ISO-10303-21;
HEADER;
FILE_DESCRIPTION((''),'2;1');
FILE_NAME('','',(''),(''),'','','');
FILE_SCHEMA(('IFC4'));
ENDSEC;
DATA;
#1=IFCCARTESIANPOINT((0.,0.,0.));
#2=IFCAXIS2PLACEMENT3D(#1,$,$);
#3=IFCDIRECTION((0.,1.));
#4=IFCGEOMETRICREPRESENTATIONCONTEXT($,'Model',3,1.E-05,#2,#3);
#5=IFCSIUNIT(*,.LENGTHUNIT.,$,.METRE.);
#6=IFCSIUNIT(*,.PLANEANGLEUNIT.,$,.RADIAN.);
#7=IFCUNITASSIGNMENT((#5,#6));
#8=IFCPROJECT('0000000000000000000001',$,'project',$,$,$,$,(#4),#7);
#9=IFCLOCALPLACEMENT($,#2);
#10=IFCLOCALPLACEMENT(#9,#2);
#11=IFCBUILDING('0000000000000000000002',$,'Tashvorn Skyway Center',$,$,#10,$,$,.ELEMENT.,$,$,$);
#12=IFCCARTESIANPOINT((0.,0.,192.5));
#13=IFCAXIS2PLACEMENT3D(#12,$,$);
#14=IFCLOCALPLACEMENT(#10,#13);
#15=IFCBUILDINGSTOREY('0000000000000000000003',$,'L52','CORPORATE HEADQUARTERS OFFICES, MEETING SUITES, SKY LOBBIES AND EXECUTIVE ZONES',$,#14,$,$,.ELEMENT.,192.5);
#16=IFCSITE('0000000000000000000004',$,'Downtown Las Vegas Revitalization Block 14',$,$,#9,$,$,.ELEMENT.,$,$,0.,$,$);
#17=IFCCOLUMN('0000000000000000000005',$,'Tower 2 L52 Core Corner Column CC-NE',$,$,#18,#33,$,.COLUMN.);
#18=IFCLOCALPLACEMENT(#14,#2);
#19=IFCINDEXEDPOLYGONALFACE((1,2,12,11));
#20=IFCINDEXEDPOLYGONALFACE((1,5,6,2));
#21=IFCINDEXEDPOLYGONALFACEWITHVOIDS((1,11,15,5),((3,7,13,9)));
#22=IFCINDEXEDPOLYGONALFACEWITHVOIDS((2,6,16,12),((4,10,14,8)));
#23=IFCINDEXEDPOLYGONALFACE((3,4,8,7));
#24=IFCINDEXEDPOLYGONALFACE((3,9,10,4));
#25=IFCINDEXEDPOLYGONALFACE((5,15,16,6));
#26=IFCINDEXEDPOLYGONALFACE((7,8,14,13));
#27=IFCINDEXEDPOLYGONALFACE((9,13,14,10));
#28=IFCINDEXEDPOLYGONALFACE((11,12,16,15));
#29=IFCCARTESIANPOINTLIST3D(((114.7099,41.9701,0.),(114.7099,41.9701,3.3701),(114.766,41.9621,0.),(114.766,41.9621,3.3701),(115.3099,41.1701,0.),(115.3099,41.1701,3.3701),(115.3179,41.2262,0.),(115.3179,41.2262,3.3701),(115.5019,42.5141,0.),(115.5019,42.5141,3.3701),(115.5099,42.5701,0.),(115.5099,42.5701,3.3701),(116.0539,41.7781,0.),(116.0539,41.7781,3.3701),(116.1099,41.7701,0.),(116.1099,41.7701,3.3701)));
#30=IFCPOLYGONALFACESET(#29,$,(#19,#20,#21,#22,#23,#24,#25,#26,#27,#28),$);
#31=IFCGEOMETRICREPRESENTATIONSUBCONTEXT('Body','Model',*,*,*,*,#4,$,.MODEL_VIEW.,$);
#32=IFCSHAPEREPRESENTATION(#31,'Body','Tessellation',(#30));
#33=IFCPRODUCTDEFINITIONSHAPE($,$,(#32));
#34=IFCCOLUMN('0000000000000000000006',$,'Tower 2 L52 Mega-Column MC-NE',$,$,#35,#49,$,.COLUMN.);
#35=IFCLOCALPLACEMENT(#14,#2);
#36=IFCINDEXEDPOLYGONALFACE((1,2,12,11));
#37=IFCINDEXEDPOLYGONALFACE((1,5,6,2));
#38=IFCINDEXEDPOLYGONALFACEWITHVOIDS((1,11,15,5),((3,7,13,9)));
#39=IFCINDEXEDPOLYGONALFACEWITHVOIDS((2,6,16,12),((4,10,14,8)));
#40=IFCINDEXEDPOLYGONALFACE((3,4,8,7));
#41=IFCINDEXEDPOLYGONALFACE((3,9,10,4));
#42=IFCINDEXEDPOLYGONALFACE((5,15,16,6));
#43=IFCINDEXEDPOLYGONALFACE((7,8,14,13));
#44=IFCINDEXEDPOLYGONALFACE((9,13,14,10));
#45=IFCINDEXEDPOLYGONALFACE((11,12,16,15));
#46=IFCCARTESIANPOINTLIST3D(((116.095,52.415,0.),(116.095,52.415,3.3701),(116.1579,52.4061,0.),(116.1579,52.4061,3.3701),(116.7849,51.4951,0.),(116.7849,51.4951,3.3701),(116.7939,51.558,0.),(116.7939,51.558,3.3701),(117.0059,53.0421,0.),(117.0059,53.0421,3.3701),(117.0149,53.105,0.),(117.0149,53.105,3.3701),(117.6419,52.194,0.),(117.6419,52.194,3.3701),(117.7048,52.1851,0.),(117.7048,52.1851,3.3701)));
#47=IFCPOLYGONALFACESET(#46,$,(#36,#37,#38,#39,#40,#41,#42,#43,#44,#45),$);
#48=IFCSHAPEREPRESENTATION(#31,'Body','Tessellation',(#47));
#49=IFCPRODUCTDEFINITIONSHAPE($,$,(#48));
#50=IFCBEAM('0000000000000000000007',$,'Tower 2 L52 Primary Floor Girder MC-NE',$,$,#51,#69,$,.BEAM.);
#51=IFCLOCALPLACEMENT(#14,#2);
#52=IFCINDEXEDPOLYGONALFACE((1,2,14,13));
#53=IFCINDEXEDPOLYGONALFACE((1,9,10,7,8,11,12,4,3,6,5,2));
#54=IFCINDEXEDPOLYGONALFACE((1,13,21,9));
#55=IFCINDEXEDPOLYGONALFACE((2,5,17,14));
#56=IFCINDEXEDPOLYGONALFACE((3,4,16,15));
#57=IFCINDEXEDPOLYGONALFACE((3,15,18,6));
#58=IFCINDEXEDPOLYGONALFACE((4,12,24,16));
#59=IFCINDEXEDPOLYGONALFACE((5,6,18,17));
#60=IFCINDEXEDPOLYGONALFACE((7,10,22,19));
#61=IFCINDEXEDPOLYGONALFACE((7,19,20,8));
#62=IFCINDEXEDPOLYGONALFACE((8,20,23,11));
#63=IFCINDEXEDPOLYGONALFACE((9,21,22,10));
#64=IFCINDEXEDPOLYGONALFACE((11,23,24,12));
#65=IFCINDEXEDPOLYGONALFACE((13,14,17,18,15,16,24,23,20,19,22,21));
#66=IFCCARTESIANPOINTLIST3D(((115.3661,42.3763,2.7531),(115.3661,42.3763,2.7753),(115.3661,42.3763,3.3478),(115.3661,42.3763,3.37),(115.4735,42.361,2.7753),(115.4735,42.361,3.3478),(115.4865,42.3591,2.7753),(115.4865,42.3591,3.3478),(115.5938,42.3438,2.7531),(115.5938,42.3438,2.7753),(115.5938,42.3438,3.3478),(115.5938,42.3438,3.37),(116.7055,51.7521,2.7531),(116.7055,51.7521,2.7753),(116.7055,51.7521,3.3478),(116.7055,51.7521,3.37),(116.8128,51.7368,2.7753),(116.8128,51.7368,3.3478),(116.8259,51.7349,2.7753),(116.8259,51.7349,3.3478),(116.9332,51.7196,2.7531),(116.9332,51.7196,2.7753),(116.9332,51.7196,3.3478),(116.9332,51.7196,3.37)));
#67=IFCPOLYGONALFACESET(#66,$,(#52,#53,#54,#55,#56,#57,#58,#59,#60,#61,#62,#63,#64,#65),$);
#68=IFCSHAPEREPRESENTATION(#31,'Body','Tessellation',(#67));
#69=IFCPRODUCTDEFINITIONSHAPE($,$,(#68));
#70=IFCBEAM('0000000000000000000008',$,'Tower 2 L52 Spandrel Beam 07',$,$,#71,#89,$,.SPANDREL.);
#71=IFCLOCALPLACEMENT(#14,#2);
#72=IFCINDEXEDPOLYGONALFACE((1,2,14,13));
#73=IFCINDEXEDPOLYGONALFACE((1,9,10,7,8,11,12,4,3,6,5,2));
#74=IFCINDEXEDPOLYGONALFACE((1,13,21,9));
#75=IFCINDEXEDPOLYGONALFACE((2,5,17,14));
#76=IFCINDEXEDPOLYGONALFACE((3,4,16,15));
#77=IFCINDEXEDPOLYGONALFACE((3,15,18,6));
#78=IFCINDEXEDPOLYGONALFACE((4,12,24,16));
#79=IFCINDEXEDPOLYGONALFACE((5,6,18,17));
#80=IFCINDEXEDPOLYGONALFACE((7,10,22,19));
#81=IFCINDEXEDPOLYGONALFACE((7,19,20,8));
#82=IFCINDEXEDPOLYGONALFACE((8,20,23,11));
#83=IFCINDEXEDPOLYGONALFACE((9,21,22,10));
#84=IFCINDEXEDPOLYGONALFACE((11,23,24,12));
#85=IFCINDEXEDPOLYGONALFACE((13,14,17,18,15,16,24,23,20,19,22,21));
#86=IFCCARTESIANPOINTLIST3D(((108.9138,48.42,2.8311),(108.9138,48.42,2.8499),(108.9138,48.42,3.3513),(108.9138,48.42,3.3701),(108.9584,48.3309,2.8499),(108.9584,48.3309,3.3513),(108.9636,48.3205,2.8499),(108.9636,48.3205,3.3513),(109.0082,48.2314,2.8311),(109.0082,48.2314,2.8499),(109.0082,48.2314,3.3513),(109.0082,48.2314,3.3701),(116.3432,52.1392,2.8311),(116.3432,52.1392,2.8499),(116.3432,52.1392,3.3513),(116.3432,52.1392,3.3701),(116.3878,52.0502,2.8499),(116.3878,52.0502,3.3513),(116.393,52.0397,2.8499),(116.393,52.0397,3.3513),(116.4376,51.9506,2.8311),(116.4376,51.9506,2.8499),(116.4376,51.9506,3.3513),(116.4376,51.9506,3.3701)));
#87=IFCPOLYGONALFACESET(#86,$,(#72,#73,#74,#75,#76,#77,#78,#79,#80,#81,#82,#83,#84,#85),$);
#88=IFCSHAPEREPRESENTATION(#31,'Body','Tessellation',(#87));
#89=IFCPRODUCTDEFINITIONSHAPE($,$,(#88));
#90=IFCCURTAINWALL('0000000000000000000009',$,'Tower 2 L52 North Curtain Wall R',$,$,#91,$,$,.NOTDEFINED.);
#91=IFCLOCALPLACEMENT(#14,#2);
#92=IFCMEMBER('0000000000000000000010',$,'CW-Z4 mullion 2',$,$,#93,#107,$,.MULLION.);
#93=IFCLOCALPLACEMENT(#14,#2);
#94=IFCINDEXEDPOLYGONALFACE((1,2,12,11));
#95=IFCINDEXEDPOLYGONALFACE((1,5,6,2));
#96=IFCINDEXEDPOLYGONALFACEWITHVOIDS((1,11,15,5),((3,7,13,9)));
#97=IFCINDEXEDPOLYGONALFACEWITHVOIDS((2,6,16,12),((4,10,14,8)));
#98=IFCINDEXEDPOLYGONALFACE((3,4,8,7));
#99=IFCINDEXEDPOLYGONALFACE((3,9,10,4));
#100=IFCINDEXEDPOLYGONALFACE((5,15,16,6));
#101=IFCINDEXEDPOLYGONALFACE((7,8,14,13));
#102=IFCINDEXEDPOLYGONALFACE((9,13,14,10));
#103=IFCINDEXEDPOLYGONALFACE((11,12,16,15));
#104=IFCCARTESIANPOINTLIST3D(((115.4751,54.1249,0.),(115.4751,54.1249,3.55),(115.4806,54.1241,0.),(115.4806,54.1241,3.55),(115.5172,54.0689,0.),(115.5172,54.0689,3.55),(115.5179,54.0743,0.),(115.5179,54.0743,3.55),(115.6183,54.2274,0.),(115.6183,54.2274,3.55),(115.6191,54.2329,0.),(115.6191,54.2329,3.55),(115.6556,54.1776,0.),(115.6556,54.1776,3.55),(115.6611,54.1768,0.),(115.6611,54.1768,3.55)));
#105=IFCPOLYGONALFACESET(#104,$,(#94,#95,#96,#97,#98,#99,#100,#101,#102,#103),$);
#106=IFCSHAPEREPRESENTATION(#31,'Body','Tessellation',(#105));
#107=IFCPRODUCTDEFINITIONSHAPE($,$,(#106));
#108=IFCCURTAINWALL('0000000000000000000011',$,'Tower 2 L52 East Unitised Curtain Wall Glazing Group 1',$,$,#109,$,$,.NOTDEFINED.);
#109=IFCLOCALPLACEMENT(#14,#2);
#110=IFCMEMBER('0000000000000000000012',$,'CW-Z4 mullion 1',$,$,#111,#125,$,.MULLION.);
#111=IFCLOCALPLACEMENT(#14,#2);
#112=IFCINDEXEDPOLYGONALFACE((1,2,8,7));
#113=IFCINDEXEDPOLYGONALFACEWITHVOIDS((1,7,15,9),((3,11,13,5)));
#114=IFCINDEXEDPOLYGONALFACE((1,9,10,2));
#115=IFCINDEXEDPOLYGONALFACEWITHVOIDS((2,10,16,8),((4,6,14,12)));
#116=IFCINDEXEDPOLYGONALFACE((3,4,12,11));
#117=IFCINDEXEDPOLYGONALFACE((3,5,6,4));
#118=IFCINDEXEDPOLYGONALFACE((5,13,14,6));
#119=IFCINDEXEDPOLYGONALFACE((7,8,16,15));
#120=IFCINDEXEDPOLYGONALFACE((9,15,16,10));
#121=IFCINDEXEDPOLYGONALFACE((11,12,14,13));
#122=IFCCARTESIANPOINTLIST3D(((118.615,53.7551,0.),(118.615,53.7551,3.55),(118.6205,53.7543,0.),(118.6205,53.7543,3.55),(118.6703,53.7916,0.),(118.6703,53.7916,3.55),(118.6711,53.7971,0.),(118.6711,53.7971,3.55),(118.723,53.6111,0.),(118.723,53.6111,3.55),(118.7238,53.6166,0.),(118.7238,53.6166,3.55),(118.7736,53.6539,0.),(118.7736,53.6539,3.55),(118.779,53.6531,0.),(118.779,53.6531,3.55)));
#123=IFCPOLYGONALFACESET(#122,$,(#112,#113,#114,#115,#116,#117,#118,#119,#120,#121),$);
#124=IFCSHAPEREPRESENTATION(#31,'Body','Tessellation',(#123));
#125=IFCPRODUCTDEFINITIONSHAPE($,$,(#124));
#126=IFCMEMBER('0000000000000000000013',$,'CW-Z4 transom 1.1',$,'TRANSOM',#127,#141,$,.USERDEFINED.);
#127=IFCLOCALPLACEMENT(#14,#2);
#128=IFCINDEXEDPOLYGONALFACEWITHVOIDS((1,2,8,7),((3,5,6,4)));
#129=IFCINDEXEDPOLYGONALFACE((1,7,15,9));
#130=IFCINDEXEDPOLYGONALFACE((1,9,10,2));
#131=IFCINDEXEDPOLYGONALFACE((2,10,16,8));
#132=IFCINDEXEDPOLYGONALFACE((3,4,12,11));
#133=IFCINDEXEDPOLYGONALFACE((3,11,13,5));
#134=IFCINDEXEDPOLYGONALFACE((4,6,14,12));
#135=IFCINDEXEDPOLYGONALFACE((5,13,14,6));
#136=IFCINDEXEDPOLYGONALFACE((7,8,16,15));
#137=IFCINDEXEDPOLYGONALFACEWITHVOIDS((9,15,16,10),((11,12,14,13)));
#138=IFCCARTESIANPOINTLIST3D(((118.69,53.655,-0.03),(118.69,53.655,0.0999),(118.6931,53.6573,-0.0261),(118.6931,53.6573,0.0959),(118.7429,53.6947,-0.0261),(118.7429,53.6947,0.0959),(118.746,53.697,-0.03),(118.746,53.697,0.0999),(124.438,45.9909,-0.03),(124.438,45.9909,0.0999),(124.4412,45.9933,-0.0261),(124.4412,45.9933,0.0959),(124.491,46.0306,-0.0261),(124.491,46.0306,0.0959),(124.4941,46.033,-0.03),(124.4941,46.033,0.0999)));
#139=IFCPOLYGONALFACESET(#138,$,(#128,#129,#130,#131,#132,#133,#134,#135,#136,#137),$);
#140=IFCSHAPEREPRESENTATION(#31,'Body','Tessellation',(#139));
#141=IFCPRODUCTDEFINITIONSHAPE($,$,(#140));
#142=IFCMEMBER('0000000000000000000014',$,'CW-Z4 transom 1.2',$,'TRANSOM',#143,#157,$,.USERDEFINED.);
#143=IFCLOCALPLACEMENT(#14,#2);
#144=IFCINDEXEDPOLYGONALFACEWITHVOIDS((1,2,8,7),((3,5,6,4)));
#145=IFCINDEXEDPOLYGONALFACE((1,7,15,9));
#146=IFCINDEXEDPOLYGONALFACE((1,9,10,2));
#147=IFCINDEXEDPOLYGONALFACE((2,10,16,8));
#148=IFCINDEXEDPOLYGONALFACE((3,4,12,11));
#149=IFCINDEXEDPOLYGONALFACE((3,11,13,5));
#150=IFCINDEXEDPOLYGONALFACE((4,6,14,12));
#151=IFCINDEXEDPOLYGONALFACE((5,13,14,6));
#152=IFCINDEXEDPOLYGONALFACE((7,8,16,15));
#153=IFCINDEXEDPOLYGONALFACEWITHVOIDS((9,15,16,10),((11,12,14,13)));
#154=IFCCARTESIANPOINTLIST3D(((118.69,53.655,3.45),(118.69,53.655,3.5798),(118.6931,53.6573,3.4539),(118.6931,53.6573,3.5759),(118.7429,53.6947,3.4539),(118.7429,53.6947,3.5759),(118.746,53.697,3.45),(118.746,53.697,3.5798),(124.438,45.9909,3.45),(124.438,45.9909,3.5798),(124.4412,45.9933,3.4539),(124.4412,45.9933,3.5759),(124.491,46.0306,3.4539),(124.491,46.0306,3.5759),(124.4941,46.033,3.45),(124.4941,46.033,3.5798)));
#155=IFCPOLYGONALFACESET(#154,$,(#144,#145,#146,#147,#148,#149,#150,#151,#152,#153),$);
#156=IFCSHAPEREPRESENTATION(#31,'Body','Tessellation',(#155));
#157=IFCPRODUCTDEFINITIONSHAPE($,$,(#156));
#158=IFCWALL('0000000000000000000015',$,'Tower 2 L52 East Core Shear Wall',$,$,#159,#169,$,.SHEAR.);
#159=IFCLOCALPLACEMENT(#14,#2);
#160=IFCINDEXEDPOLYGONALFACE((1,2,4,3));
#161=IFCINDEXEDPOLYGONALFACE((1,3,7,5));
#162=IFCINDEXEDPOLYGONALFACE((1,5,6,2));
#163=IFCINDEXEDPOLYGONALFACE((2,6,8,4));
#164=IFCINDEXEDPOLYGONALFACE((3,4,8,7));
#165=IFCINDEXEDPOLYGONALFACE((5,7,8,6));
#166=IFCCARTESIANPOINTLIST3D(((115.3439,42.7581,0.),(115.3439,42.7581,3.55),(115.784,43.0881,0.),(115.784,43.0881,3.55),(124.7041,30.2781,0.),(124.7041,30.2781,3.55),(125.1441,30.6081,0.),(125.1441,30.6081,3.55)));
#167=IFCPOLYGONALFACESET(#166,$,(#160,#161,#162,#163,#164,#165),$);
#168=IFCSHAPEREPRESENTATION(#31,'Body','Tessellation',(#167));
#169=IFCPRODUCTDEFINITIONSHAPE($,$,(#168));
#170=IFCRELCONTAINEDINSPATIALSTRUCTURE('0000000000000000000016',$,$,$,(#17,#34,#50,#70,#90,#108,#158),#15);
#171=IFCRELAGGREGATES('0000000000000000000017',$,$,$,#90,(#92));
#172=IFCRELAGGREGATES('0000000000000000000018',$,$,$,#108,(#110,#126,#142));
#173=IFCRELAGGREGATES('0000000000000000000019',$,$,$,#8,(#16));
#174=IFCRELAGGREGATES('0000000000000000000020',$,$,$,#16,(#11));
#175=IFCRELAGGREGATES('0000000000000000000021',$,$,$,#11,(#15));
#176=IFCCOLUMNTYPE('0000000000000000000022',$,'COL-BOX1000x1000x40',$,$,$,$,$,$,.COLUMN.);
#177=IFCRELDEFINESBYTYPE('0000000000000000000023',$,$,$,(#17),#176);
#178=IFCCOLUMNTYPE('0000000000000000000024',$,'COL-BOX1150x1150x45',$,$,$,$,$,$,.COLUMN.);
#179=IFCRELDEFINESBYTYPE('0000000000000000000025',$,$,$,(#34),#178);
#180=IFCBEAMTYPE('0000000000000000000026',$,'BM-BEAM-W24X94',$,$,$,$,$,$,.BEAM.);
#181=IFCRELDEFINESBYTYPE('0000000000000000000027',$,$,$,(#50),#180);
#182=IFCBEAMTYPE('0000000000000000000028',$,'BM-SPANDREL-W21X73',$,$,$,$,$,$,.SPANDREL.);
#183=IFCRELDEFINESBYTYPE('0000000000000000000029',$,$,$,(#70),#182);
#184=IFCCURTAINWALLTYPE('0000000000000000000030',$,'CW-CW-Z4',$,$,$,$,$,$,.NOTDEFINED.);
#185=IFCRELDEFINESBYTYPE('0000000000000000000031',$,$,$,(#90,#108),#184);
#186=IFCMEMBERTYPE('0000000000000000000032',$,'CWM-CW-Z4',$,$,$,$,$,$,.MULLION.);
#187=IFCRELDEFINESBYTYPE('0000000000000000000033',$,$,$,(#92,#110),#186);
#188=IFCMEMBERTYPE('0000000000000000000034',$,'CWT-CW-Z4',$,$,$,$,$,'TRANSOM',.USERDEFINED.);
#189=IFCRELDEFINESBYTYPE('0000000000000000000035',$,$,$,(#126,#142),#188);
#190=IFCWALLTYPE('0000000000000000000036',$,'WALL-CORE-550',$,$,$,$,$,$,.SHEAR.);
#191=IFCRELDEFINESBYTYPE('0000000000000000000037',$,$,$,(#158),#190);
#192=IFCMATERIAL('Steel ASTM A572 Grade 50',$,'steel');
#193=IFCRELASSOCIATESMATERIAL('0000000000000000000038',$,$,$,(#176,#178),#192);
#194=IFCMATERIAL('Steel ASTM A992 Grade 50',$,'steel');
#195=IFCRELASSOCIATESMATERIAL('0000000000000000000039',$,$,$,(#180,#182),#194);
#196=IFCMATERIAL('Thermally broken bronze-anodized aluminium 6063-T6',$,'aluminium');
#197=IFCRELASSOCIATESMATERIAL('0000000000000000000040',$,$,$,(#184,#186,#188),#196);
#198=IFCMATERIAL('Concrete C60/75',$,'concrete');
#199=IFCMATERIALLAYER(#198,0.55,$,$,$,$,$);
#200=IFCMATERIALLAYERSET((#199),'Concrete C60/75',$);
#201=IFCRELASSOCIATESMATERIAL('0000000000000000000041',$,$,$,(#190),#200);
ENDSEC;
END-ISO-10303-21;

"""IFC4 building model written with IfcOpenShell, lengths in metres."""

from ifc_helpers import new_model, si_unit, direction, frame, frame_2d, origin, origin_2d, place, context, subcontext, project, spatial, rectangle, hollow_rectangle, i_section, extrude, material, layer, layer_set, material_profile, profile_set, type_object, element, aggregate, save


model = new_model("IFC4")

# Units and contexts
model_context = context("Model", 3, precision=1e-05, world=origin(), true_north=direction((0.0, 1.0)))
body_context = subcontext(model_context, "Body", "Model", "MODEL_VIEW")
ifc_project = project(units=[si_unit("LENGTHUNIT", "METRE"), si_unit("PLANEANGLEUNIT", "RADIAN")], contexts=[model_context])

# Site, building, storey
site_placement = place(None, origin())
site = spatial("IfcSite", under=ifc_project, at=site_placement, Name="Downtown Las Vegas Revitalization Block 14", CompositionType="ELEMENT", RefElevation=0.0)
building_placement = place(site_placement, origin())
building = spatial("IfcBuilding", under=site, at=building_placement, Name="Tashvorn Skyway Center", CompositionType="ELEMENT")
storey_placement = place(building_placement, frame((0.0, 0.0, 192.5)))
storey = spatial("IfcBuildingStorey", under=building, at=storey_placement, Name="L52", Description="CORPORATE HEADQUARTERS OFFICES, MEETING SUITES, SKY LOBBIES AND EXECUTIVE ZONES", CompositionType="ELEMENT", Elevation=192.5)

# Columns
ifc_material_1 = material(Name="Steel ASTM A572 Grade 50", Category="steel")
ifc_material_profile_1 = material_profile(ifc_material_1, hollow_rectangle(XDim=1.0, YDim=1.0, WallThickness=0.04, at=origin_2d()), Name="BOX1000x1000x40")
ifc_profile_set_1 = profile_set([ifc_material_profile_1], Name="Steel ASTM A572 Grade 50")
column_type_1 = type_object("IfcColumnType", Name="COL-BOX1000x1000x40", PredefinedType="COLUMN", material=ifc_profile_set_1)
column_1_placement = place(storey_placement, frame((115.4099, 41.8701, 0.0), z_axis=(0.0, 0.0, 1.0), x_axis=(0.8, 0.6, 0.0)))
element("IfcColumn", 1, at=column_1_placement, inside=storey, type_object=column_type_1, Name="Tower 2 L52 Core Corner Column CC-NE", PredefinedType="COLUMN", context=body_context, shape_type="SweptSolid", body=[
    extrude(hollow_rectangle(XDim=1.0, YDim=1.0, WallThickness=0.04, at=origin_2d()), origin(), (0.0, 0.0, 1.0), 3.3701),
])
ifc_material_profile_2 = material_profile(ifc_material_1, hollow_rectangle(XDim=1.1499, YDim=1.1499, WallThickness=0.0449, at=origin_2d()), Name="BOX1150x1150x45")
ifc_profile_set_2 = profile_set([ifc_material_profile_2], Name="Steel ASTM A572 Grade 50")
column_type_2 = type_object("IfcColumnType", Name="COL-BOX1150x1150x45", PredefinedType="COLUMN", material=ifc_profile_set_2)
column_2_placement = place(storey_placement, frame((116.8999, 52.3, 0.0), z_axis=(0.0, 0.0, 1.0), x_axis=(0.8, 0.6, 0.0)))
element("IfcColumn", 2, at=column_2_placement, inside=storey, type_object=column_type_2, Name="Tower 2 L52 Mega-Column MC-NE", PredefinedType="COLUMN", context=body_context, shape_type="SweptSolid", body=[
    extrude(hollow_rectangle(XDim=1.1499, YDim=1.1499, WallThickness=0.0449, at=origin_2d()), origin(), (0.0, 0.0, 1.0), 3.3701),
])

# Beams
ifc_material_2 = material(Name="Steel ASTM A992 Grade 50", Category="steel")
ifc_material_profile_3 = material_profile(ifc_material_2, i_section(OverallWidth=0.23, OverallDepth=0.6169, WebThickness=0.0132, FlangeThickness=0.0222, at=origin_2d()), Name="W24X94")
ifc_profile_set_3 = profile_set([ifc_material_profile_3], Name="Steel ASTM A992 Grade 50")
beam_type_1 = type_object("IfcBeamType", Name="BM-BEAM-W24X94", PredefinedType="BEAM", material=ifc_profile_set_3)
beam_1_placement = place(storey_placement, frame((116.8193, 51.7358, 3.0615), z_axis=(-0.141418, -0.98995, 0.0), x_axis=(0.98995, -0.141418, 0.0)))
element("IfcBeam", 3, at=beam_1_placement, inside=storey, type_object=beam_type_1, Name="Tower 2 L52 Primary Floor Girder MC-NE", PredefinedType="BEAM", context=body_context, shape_type="SweptSolid", body=[
    extrude(i_section(OverallWidth=0.23, OverallDepth=0.6169, WebThickness=0.0132, FlangeThickness=0.0222, at=origin_2d()), origin(), (0.0, 0.0, 1.0), 9.4709),
])
ifc_material_profile_4 = material_profile(ifc_material_2, i_section(OverallWidth=0.2109, OverallDepth=0.5391, WebThickness=0.0117, FlangeThickness=0.0188, at=origin_2d()), Name="W21X73")
ifc_profile_set_4 = profile_set([ifc_material_profile_4], Name="Steel ASTM A992 Grade 50")
beam_type_2 = type_object("IfcBeamType", Name="BM-SPANDREL-W21X73", PredefinedType="SPANDREL", material=ifc_profile_set_4)
beam_2_placement = place(storey_placement, frame((116.3904, 52.0449, 3.1006), z_axis=(-0.89421, -0.447648, 0.0), x_axis=(0.447648, -0.89421, 0.0)))
element("IfcBeam", 4, at=beam_2_placement, inside=storey, type_object=beam_type_2, Name="Tower 2 L52 Spandrel Beam 07", PredefinedType="SPANDREL", context=body_context, shape_type="SweptSolid", body=[
    extrude(i_section(OverallWidth=0.2109, OverallDepth=0.5391, WebThickness=0.0117, FlangeThickness=0.0188, at=origin_2d()), origin(), (0.0, 0.0, 1.0), 8.3083),
])

# Curtain wall, member
ifc_material_3 = material(Name="Thermally broken bronze-anodized aluminium 6063-T6", Category="aluminium")
curtain_wall_type = type_object("IfcCurtainWallType", Name="CW-CW-Z4", PredefinedType="NOTDEFINED", material=ifc_material_3)
curtain_wall_1_placement = place(storey_placement, origin())
curtain_wall_1 = element("IfcCurtainWall", 5, at=curtain_wall_1_placement, inside=storey, type_object=curtain_wall_type, Name="Tower 2 L52 North Curtain Wall R", PredefinedType="NOTDEFINED")
ifc_material_profile_5 = material_profile(ifc_material_3, hollow_rectangle(XDim=0.0701, YDim=0.1799, WallThickness=0.0039, at=origin_2d()), Name="ALU-MULL-70x180")
ifc_profile_set_5 = profile_set([ifc_material_profile_5], Name="Thermally broken bronze-anodized aluminium 6063-T6")
member_type_1 = type_object("IfcMemberType", Name="CWM-CW-Z4", PredefinedType="MULLION", material=ifc_profile_set_5)
member_1_placement = place(storey_placement, frame((115.5681, 54.1509, 0.0), z_axis=(0.0, 0.0, 1.0), x_axis=(-0.6, 0.8, 0.0)))
member_1 = element("IfcMember", 6, at=member_1_placement, type_object=member_type_1, Name="CW-Z4 mullion 2", PredefinedType="MULLION", context=body_context, shape_type="SweptSolid", body=[
    extrude(hollow_rectangle(XDim=0.0701, YDim=0.1799, WallThickness=0.0039, at=origin_2d()), origin(), (0.0, 0.0, 1.0), 3.55),
])
aggregate(curtain_wall_1, [member_1])

# Curtain wall, members
curtain_wall_2_placement = place(storey_placement, origin())
curtain_wall_2 = element("IfcCurtainWall", 7, at=curtain_wall_2_placement, inside=storey, type_object=curtain_wall_type, Name="Tower 2 L52 East Unitised Curtain Wall Glazing Group 1", PredefinedType="NOTDEFINED")
member_2_placement = place(storey_placement, frame((118.697, 53.7041, 0.0), z_axis=(0.0, 0.0, 1.0), x_axis=(0.8, 0.6, 0.0)))
member_2 = element("IfcMember", 8, at=member_2_placement, type_object=member_type_1, Name="CW-Z4 mullion 1", PredefinedType="MULLION", context=body_context, shape_type="SweptSolid", body=[
    extrude(hollow_rectangle(XDim=0.0701, YDim=0.1799, WallThickness=0.0039, at=origin_2d()), origin(), (0.0, 0.0, 1.0), 3.55),
])
ifc_material_profile_6 = material_profile(ifc_material_3, hollow_rectangle(XDim=0.0701, YDim=0.1299, WallThickness=0.0039, at=origin_2d()), Name="ALU-TRAN-70x130")
ifc_profile_set_6 = profile_set([ifc_material_profile_6], Name="Thermally broken bronze-anodized aluminium 6063-T6")
member_type_2 = type_object("IfcMemberType", Name="CWT-CW-Z4", ElementType="TRANSOM", PredefinedType="USERDEFINED", material=ifc_profile_set_6)
member_3_placement = place(storey_placement, frame((118.718, 53.676, 0.0349), z_axis=(0.6, -0.8, 0.0), x_axis=(0.8, 0.6, 0.0)))
member_3 = element("IfcMember", 9, at=member_3_placement, type_object=member_type_2, Name="CW-Z4 transom 1.1", ObjectType="TRANSOM", PredefinedType="USERDEFINED", context=body_context, shape_type="SweptSolid", body=[
    extrude(hollow_rectangle(XDim=0.0701, YDim=0.1299, WallThickness=0.0039, at=origin_2d()), origin(), (0.0, 0.0, 1.0), 9.5801),
])
member_4_placement = place(storey_placement, frame((118.718, 53.676, 3.5149), z_axis=(0.6, -0.8, 0.0), x_axis=(0.8, 0.6, 0.0)))
member_4 = element("IfcMember", 10, at=member_4_placement, type_object=member_type_2, Name="CW-Z4 transom 1.2", ObjectType="TRANSOM", PredefinedType="USERDEFINED", context=body_context, shape_type="SweptSolid", body=[
    extrude(hollow_rectangle(XDim=0.0701, YDim=0.1299, WallThickness=0.0039, at=origin_2d()), origin(), (0.0, 0.0, 1.0), 9.5801),
])
aggregate(curtain_wall_2, [member_2, member_3, member_4])

# Wall
ifc_material_4 = material(Name="Concrete C60/75", Category="concrete")
ifc_layer_1 = layer(ifc_material_4, 0.55)
ifc_layer_set_1 = layer_set([ifc_layer_1], Name="Concrete C60/75")
wall_type_1 = type_object("IfcWallType", Name="WALL-CORE-550", PredefinedType="SHEAR", material=ifc_layer_set_1)
wall_1_placement = place(storey_placement, frame((115.564, 42.9231, 0.0), z_axis=(0.0, 0.0, 1.0), x_axis=(0.600005, -0.799996, 0.0)))
element("IfcWall", 11, at=wall_1_placement, inside=storey, type_object=wall_type_1, Name="Tower 2 L52 East Core Shear Wall", PredefinedType="SHEAR", context=body_context, shape_type="SweptSolid", body=[
    extrude(rectangle(XDim=15.6001, YDim=0.55, at=frame_2d((7.8, 0.0))), origin(), (0.0, 0.0, 1.0), 3.55),
])

save(model, "model.ifc")
